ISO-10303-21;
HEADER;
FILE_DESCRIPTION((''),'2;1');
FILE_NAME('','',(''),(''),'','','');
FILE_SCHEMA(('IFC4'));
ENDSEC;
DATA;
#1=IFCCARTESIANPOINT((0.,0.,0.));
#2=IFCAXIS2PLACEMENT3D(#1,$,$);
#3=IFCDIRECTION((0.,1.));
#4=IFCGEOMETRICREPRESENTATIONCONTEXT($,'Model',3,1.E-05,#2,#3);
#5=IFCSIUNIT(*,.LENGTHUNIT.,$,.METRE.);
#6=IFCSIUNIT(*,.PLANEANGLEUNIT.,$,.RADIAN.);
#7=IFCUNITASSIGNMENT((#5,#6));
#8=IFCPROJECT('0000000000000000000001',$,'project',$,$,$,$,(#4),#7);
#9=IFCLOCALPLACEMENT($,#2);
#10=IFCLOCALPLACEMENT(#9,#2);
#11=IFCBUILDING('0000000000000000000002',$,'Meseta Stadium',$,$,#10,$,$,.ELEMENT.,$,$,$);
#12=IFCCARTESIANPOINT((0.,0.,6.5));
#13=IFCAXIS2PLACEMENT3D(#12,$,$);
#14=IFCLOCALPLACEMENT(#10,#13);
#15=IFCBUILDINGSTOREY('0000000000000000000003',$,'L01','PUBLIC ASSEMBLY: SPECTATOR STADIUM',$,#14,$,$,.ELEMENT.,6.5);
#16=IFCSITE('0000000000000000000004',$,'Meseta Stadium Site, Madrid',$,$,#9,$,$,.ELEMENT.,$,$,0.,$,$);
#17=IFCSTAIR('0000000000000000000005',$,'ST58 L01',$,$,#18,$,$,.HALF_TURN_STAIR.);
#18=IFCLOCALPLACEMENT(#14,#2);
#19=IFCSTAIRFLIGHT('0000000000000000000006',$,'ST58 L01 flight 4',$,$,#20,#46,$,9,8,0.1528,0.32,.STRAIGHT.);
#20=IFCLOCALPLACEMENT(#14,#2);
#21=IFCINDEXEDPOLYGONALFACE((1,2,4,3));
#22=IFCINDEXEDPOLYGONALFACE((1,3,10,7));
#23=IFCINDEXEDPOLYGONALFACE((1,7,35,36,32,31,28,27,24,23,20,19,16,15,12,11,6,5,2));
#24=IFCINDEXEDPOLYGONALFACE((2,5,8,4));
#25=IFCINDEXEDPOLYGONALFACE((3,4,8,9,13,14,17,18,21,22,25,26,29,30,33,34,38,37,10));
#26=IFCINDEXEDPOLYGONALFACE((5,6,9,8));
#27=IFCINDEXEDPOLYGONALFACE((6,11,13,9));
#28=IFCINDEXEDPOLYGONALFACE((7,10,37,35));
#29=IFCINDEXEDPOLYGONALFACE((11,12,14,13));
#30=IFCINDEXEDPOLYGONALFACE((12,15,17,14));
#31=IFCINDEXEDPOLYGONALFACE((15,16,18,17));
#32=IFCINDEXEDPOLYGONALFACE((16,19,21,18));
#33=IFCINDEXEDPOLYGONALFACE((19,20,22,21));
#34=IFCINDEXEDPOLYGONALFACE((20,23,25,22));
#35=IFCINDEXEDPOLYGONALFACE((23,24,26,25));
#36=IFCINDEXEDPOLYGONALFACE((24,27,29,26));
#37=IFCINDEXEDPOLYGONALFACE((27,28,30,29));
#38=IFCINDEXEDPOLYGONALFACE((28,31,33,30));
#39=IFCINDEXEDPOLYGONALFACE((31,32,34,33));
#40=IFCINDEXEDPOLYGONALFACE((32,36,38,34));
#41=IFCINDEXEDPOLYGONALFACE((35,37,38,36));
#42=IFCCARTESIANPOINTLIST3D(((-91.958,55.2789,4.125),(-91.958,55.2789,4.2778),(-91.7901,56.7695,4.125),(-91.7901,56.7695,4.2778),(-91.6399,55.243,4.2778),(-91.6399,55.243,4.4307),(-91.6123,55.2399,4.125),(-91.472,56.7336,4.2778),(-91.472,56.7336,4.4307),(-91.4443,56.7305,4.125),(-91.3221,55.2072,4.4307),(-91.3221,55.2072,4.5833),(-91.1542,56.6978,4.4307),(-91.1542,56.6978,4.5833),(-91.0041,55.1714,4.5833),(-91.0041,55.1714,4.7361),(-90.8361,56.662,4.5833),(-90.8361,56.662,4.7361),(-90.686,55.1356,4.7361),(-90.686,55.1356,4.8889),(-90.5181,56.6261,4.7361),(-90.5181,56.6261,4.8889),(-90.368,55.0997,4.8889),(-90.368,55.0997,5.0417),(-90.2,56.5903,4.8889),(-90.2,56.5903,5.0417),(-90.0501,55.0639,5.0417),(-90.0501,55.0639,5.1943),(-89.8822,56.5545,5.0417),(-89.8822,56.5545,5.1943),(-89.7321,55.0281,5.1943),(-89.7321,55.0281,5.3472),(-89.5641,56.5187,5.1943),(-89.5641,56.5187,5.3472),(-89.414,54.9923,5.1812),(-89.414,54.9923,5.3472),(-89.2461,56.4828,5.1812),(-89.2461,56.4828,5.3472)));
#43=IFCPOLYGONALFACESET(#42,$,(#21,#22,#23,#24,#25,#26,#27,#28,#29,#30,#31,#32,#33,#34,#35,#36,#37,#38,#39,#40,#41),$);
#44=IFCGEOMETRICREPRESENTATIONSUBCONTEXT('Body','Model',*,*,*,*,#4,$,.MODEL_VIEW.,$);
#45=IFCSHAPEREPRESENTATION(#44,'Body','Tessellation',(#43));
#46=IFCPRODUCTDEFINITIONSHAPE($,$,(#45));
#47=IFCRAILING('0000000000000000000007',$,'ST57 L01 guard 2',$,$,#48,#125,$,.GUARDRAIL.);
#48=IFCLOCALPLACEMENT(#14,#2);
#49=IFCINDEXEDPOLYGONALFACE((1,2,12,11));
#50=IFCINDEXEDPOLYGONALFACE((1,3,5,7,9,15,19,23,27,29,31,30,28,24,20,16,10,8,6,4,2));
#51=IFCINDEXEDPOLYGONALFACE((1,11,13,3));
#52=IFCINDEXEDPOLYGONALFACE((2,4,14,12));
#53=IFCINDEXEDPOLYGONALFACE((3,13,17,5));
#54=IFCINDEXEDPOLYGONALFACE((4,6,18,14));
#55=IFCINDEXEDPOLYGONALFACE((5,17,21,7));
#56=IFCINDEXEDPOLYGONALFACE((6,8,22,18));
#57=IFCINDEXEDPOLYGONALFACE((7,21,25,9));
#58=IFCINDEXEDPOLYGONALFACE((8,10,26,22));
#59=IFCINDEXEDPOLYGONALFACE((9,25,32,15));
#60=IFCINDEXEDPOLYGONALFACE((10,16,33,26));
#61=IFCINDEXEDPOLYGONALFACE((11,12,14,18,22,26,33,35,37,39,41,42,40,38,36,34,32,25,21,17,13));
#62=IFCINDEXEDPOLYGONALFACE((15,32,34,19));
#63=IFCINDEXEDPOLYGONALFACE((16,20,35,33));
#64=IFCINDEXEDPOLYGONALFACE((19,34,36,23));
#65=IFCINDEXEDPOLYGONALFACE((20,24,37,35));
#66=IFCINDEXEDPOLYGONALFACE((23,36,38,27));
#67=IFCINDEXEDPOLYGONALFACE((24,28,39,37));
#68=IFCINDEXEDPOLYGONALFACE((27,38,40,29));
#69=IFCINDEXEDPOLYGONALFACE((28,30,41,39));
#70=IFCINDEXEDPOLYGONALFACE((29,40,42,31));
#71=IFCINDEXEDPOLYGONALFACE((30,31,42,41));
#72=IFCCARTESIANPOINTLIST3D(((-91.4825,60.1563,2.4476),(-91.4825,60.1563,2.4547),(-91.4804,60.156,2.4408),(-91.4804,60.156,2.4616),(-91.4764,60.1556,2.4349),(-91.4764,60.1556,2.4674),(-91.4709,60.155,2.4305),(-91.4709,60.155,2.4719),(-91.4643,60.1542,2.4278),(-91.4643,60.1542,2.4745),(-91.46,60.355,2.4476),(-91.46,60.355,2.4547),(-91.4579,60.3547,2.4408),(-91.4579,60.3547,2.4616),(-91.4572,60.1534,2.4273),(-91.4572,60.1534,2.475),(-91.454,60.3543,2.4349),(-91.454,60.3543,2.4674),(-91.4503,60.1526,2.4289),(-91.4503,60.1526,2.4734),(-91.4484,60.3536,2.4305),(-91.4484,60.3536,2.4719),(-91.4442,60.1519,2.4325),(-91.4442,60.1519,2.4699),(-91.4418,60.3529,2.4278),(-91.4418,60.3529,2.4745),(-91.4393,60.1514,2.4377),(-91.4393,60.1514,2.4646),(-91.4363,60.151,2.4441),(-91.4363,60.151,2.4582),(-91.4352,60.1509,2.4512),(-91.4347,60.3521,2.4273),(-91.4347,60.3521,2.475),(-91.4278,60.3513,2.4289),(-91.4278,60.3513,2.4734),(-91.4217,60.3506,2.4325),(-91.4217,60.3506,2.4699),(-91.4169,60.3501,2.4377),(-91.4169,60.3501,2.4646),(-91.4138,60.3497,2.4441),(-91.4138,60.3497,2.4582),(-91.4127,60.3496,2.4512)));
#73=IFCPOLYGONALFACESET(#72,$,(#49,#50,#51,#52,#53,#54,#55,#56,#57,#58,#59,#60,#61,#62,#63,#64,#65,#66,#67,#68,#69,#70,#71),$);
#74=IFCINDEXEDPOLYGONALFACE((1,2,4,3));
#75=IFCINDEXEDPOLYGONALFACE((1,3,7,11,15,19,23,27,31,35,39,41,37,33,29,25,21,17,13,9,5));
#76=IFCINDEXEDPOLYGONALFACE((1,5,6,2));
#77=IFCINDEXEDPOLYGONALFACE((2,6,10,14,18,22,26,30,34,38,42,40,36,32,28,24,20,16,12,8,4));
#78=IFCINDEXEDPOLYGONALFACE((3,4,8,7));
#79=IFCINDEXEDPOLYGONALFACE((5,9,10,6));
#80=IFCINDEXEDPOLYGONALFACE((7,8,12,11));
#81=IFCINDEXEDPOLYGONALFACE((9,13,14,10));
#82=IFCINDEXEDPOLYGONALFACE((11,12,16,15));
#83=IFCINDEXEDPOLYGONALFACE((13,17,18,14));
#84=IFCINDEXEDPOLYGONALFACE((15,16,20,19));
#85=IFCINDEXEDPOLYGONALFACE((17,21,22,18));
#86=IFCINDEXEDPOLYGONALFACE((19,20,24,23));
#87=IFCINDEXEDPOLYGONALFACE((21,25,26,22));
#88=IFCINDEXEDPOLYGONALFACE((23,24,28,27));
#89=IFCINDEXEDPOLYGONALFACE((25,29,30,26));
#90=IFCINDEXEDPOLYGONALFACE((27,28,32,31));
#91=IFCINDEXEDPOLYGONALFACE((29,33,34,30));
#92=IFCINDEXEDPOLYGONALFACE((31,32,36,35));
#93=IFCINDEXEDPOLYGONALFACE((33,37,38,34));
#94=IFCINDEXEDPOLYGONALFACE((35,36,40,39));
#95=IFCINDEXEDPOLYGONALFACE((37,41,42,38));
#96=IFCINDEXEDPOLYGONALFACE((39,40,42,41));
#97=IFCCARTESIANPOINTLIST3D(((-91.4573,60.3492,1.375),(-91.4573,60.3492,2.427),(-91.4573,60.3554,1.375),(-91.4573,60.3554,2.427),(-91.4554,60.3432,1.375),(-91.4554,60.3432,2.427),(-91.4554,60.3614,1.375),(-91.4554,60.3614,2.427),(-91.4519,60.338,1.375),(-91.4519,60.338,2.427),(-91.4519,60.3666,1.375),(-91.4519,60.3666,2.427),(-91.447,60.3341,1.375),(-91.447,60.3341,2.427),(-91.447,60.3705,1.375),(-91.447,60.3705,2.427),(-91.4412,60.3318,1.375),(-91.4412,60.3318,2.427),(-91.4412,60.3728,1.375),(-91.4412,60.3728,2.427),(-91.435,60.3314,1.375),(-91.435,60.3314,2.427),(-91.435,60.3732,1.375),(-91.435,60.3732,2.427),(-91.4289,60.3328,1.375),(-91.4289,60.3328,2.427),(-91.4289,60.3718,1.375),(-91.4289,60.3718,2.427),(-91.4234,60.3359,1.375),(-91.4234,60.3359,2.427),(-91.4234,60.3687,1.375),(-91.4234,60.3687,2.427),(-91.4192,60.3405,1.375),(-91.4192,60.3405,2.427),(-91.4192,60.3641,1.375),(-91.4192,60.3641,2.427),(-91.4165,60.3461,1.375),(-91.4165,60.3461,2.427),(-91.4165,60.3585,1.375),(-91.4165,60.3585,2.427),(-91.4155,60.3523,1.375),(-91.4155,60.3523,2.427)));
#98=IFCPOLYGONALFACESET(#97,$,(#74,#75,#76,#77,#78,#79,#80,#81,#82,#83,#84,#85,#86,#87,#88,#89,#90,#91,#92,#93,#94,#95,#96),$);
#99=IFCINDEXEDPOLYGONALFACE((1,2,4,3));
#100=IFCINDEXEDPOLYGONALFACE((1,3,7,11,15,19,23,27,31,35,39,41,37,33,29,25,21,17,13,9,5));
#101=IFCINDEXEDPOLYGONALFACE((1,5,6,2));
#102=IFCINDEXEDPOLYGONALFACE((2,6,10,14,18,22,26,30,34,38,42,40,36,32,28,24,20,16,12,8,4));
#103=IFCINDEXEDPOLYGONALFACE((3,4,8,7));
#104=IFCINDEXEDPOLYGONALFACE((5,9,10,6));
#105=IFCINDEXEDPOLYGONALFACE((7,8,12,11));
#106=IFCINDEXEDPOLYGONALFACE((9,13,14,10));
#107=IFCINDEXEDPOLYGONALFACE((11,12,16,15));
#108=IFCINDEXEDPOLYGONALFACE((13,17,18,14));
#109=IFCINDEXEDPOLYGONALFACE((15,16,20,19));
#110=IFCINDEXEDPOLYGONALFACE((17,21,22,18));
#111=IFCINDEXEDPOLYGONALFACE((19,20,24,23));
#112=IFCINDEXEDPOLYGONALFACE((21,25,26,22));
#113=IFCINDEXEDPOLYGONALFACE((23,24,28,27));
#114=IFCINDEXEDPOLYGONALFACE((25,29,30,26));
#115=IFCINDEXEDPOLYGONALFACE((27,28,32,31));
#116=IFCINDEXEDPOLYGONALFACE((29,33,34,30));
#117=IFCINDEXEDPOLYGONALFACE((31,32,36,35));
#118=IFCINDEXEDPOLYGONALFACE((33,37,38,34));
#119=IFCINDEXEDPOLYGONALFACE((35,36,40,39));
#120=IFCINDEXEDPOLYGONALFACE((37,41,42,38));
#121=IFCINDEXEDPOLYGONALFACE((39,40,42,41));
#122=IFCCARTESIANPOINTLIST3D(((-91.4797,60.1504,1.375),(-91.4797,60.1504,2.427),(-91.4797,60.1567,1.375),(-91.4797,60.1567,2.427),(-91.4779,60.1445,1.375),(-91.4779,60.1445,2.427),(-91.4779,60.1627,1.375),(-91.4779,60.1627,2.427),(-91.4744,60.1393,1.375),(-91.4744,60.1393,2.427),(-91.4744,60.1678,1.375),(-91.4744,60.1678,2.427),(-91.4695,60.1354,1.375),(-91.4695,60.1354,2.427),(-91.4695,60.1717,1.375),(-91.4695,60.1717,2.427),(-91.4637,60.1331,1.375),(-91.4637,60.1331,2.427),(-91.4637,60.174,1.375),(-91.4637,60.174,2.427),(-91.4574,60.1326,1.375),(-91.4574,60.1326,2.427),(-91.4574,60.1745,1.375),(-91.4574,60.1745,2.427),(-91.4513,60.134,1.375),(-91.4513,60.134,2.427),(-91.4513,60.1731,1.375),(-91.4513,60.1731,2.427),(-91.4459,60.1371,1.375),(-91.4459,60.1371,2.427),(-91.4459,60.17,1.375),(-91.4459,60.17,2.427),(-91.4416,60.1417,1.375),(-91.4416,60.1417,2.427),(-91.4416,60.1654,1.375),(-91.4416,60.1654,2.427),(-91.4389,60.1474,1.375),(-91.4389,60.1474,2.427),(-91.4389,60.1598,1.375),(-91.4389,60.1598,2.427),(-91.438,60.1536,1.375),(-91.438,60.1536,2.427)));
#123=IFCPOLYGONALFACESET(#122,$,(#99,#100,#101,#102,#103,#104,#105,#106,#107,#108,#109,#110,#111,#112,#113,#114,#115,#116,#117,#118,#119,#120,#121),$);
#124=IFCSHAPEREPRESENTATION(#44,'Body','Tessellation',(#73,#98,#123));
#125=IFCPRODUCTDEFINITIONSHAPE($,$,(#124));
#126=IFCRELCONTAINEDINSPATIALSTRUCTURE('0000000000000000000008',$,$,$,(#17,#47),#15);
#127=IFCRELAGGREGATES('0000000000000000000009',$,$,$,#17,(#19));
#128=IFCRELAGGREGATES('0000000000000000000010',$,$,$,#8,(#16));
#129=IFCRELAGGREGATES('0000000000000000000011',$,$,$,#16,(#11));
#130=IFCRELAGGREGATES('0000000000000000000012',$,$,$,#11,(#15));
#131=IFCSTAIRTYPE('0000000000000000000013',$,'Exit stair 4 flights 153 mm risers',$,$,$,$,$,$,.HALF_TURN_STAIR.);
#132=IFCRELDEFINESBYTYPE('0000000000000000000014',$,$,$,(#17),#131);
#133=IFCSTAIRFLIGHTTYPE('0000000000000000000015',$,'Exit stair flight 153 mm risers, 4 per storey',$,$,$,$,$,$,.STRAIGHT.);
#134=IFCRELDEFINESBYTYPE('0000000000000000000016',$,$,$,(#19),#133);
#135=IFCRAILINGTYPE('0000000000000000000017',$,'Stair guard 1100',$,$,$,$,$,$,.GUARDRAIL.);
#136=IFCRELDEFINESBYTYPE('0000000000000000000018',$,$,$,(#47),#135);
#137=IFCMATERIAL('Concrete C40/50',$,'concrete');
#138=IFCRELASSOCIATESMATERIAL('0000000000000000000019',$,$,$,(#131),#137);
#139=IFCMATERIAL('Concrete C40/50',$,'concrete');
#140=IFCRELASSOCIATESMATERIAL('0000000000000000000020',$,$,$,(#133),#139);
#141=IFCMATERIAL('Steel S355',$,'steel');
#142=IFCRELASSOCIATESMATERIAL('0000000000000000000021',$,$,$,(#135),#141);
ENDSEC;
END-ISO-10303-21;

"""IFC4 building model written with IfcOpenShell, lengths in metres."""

from ifc_helpers import new_model, si_unit, direction, frame, origin, origin_2d, place, context, subcontext, project, spatial, polyline, circle, outline, extrude, material, type_object, element, aggregate, save


model = new_model("IFC4")

# Units and contexts
model_context = context("Model", 3, precision=1e-05, world=origin(), true_north=direction((0.0, 1.0)))
body_context = subcontext(model_context, "Body", "Model", "MODEL_VIEW")
ifc_project = project(units=[si_unit("LENGTHUNIT", "METRE"), si_unit("PLANEANGLEUNIT", "RADIAN")], contexts=[model_context])

# Site, building, storey
site_placement = place(None, origin())
site = spatial("IfcSite", under=ifc_project, at=site_placement, Name="Meseta Stadium Site, Madrid", CompositionType="ELEMENT", RefElevation=0.0)
building_placement = place(site_placement, origin())
building = spatial("IfcBuilding", under=site, at=building_placement, Name="Meseta Stadium", CompositionType="ELEMENT")
storey_placement = place(building_placement, frame((0.0, 0.0, 6.5)))
storey = spatial("IfcBuildingStorey", under=building, at=storey_placement, Name="L01", Description="PUBLIC ASSEMBLY: SPECTATOR STADIUM", CompositionType="ELEMENT", Elevation=6.5)

# Stair, stair flight
ifc_material_1 = material(Name="Concrete C40/50", Category="concrete")
stair_type = type_object("IfcStairType", Name="Exit stair 4 flights 153 mm risers", PredefinedType="HALF_TURN_STAIR", material=ifc_material_1)
ifc_material_2 = material(Name="Concrete C40/50", Category="concrete")
stair_flight_type = type_object("IfcStairFlightType", Name="Exit stair flight 153 mm risers, 4 per storey", PredefinedType="STRAIGHT", material=ifc_material_2)
stair_1_placement = place(storey_placement, origin())
stair_1 = element("IfcStair", 1, at=stair_1_placement, inside=storey, type_object=stair_type, Name="ST58 L01", PredefinedType="HALF_TURN_STAIR")
stair_flight_1_placement = place(storey_placement, frame((-91.874, 56.0242, 4.125), z_axis=(0.0, 0.0, 1.0), x_axis=(0.993712, -0.111964, 0.0)))
stair_flight_1 = element("IfcStairFlight", 2, at=stair_flight_1_placement, type_object=stair_flight_type, Name="ST58 L01 flight 4", NumberOfRisers=9, NumberOfTreads=8, PredefinedType="STRAIGHT", RiserHeight=0.1528, TreadLength=0.32, context=body_context, shape_type="SweptSolid", body=[
    extrude(outline(polyline([(0.0, 0.0), (0.0, 0.1528), (0.3201, 0.1528), (0.3201, 0.3057), (0.6399, 0.3057), (0.6399, 0.4583), (0.96, 0.4583), (0.96, 0.6111), (1.28, 0.6111), (1.28, 0.7639), (1.6001, 0.7639), (1.6001, 0.9167), (1.9199, 0.9167), (1.9199, 1.0693), (2.24, 1.0693), (2.24, 1.2222), (2.5601, 1.2222), (2.5601, 1.0562), (0.3479, 0.0), (0.0, 0.0)])), frame((0.0, 0.75, 0.0), z_axis=(0.0, -1.0, 0.0), x_axis=(1.0, 0.0, 0.0)), (0.0, 0.0, 1.0), 1.5),
])
aggregate(stair_1, [stair_flight_1])

# Railing
ifc_material_3 = material(Name="Steel S355", Category="steel")
railing_type_1 = type_object("IfcRailingType", Name="Stair guard 1100", PredefinedType="GUARDRAIL", material=ifc_material_3)
railing_1_placement = place(storey_placement, frame((-91.4365, 60.3523, 1.375)))
element("IfcRailing", 3, at=railing_1_placement, inside=storey, type_object=railing_type_1, Name="ST57 L01 guard 2", PredefinedType="GUARDRAIL", context=body_context, shape_type="SweptSolid", body=[
    extrude(circle(Radius=0.0239, at=origin_2d()), frame((0.0, 0.0, 1.0762), z_axis=(-0.112307, -0.993674, 0.0), x_axis=(0.993674, -0.112307, 0.0)), (0.0, 0.0, 1.0), 0.2),
    extrude(circle(Radius=0.021, at=origin_2d()), origin(), (0.0, 0.0, 1.0), 1.052),
    extrude(circle(Radius=0.021, at=origin_2d()), frame((-0.0225, -0.1987, 0.0)), (0.0, 0.0, 1.0), 1.052),
])

save(model, "model.ifc")
